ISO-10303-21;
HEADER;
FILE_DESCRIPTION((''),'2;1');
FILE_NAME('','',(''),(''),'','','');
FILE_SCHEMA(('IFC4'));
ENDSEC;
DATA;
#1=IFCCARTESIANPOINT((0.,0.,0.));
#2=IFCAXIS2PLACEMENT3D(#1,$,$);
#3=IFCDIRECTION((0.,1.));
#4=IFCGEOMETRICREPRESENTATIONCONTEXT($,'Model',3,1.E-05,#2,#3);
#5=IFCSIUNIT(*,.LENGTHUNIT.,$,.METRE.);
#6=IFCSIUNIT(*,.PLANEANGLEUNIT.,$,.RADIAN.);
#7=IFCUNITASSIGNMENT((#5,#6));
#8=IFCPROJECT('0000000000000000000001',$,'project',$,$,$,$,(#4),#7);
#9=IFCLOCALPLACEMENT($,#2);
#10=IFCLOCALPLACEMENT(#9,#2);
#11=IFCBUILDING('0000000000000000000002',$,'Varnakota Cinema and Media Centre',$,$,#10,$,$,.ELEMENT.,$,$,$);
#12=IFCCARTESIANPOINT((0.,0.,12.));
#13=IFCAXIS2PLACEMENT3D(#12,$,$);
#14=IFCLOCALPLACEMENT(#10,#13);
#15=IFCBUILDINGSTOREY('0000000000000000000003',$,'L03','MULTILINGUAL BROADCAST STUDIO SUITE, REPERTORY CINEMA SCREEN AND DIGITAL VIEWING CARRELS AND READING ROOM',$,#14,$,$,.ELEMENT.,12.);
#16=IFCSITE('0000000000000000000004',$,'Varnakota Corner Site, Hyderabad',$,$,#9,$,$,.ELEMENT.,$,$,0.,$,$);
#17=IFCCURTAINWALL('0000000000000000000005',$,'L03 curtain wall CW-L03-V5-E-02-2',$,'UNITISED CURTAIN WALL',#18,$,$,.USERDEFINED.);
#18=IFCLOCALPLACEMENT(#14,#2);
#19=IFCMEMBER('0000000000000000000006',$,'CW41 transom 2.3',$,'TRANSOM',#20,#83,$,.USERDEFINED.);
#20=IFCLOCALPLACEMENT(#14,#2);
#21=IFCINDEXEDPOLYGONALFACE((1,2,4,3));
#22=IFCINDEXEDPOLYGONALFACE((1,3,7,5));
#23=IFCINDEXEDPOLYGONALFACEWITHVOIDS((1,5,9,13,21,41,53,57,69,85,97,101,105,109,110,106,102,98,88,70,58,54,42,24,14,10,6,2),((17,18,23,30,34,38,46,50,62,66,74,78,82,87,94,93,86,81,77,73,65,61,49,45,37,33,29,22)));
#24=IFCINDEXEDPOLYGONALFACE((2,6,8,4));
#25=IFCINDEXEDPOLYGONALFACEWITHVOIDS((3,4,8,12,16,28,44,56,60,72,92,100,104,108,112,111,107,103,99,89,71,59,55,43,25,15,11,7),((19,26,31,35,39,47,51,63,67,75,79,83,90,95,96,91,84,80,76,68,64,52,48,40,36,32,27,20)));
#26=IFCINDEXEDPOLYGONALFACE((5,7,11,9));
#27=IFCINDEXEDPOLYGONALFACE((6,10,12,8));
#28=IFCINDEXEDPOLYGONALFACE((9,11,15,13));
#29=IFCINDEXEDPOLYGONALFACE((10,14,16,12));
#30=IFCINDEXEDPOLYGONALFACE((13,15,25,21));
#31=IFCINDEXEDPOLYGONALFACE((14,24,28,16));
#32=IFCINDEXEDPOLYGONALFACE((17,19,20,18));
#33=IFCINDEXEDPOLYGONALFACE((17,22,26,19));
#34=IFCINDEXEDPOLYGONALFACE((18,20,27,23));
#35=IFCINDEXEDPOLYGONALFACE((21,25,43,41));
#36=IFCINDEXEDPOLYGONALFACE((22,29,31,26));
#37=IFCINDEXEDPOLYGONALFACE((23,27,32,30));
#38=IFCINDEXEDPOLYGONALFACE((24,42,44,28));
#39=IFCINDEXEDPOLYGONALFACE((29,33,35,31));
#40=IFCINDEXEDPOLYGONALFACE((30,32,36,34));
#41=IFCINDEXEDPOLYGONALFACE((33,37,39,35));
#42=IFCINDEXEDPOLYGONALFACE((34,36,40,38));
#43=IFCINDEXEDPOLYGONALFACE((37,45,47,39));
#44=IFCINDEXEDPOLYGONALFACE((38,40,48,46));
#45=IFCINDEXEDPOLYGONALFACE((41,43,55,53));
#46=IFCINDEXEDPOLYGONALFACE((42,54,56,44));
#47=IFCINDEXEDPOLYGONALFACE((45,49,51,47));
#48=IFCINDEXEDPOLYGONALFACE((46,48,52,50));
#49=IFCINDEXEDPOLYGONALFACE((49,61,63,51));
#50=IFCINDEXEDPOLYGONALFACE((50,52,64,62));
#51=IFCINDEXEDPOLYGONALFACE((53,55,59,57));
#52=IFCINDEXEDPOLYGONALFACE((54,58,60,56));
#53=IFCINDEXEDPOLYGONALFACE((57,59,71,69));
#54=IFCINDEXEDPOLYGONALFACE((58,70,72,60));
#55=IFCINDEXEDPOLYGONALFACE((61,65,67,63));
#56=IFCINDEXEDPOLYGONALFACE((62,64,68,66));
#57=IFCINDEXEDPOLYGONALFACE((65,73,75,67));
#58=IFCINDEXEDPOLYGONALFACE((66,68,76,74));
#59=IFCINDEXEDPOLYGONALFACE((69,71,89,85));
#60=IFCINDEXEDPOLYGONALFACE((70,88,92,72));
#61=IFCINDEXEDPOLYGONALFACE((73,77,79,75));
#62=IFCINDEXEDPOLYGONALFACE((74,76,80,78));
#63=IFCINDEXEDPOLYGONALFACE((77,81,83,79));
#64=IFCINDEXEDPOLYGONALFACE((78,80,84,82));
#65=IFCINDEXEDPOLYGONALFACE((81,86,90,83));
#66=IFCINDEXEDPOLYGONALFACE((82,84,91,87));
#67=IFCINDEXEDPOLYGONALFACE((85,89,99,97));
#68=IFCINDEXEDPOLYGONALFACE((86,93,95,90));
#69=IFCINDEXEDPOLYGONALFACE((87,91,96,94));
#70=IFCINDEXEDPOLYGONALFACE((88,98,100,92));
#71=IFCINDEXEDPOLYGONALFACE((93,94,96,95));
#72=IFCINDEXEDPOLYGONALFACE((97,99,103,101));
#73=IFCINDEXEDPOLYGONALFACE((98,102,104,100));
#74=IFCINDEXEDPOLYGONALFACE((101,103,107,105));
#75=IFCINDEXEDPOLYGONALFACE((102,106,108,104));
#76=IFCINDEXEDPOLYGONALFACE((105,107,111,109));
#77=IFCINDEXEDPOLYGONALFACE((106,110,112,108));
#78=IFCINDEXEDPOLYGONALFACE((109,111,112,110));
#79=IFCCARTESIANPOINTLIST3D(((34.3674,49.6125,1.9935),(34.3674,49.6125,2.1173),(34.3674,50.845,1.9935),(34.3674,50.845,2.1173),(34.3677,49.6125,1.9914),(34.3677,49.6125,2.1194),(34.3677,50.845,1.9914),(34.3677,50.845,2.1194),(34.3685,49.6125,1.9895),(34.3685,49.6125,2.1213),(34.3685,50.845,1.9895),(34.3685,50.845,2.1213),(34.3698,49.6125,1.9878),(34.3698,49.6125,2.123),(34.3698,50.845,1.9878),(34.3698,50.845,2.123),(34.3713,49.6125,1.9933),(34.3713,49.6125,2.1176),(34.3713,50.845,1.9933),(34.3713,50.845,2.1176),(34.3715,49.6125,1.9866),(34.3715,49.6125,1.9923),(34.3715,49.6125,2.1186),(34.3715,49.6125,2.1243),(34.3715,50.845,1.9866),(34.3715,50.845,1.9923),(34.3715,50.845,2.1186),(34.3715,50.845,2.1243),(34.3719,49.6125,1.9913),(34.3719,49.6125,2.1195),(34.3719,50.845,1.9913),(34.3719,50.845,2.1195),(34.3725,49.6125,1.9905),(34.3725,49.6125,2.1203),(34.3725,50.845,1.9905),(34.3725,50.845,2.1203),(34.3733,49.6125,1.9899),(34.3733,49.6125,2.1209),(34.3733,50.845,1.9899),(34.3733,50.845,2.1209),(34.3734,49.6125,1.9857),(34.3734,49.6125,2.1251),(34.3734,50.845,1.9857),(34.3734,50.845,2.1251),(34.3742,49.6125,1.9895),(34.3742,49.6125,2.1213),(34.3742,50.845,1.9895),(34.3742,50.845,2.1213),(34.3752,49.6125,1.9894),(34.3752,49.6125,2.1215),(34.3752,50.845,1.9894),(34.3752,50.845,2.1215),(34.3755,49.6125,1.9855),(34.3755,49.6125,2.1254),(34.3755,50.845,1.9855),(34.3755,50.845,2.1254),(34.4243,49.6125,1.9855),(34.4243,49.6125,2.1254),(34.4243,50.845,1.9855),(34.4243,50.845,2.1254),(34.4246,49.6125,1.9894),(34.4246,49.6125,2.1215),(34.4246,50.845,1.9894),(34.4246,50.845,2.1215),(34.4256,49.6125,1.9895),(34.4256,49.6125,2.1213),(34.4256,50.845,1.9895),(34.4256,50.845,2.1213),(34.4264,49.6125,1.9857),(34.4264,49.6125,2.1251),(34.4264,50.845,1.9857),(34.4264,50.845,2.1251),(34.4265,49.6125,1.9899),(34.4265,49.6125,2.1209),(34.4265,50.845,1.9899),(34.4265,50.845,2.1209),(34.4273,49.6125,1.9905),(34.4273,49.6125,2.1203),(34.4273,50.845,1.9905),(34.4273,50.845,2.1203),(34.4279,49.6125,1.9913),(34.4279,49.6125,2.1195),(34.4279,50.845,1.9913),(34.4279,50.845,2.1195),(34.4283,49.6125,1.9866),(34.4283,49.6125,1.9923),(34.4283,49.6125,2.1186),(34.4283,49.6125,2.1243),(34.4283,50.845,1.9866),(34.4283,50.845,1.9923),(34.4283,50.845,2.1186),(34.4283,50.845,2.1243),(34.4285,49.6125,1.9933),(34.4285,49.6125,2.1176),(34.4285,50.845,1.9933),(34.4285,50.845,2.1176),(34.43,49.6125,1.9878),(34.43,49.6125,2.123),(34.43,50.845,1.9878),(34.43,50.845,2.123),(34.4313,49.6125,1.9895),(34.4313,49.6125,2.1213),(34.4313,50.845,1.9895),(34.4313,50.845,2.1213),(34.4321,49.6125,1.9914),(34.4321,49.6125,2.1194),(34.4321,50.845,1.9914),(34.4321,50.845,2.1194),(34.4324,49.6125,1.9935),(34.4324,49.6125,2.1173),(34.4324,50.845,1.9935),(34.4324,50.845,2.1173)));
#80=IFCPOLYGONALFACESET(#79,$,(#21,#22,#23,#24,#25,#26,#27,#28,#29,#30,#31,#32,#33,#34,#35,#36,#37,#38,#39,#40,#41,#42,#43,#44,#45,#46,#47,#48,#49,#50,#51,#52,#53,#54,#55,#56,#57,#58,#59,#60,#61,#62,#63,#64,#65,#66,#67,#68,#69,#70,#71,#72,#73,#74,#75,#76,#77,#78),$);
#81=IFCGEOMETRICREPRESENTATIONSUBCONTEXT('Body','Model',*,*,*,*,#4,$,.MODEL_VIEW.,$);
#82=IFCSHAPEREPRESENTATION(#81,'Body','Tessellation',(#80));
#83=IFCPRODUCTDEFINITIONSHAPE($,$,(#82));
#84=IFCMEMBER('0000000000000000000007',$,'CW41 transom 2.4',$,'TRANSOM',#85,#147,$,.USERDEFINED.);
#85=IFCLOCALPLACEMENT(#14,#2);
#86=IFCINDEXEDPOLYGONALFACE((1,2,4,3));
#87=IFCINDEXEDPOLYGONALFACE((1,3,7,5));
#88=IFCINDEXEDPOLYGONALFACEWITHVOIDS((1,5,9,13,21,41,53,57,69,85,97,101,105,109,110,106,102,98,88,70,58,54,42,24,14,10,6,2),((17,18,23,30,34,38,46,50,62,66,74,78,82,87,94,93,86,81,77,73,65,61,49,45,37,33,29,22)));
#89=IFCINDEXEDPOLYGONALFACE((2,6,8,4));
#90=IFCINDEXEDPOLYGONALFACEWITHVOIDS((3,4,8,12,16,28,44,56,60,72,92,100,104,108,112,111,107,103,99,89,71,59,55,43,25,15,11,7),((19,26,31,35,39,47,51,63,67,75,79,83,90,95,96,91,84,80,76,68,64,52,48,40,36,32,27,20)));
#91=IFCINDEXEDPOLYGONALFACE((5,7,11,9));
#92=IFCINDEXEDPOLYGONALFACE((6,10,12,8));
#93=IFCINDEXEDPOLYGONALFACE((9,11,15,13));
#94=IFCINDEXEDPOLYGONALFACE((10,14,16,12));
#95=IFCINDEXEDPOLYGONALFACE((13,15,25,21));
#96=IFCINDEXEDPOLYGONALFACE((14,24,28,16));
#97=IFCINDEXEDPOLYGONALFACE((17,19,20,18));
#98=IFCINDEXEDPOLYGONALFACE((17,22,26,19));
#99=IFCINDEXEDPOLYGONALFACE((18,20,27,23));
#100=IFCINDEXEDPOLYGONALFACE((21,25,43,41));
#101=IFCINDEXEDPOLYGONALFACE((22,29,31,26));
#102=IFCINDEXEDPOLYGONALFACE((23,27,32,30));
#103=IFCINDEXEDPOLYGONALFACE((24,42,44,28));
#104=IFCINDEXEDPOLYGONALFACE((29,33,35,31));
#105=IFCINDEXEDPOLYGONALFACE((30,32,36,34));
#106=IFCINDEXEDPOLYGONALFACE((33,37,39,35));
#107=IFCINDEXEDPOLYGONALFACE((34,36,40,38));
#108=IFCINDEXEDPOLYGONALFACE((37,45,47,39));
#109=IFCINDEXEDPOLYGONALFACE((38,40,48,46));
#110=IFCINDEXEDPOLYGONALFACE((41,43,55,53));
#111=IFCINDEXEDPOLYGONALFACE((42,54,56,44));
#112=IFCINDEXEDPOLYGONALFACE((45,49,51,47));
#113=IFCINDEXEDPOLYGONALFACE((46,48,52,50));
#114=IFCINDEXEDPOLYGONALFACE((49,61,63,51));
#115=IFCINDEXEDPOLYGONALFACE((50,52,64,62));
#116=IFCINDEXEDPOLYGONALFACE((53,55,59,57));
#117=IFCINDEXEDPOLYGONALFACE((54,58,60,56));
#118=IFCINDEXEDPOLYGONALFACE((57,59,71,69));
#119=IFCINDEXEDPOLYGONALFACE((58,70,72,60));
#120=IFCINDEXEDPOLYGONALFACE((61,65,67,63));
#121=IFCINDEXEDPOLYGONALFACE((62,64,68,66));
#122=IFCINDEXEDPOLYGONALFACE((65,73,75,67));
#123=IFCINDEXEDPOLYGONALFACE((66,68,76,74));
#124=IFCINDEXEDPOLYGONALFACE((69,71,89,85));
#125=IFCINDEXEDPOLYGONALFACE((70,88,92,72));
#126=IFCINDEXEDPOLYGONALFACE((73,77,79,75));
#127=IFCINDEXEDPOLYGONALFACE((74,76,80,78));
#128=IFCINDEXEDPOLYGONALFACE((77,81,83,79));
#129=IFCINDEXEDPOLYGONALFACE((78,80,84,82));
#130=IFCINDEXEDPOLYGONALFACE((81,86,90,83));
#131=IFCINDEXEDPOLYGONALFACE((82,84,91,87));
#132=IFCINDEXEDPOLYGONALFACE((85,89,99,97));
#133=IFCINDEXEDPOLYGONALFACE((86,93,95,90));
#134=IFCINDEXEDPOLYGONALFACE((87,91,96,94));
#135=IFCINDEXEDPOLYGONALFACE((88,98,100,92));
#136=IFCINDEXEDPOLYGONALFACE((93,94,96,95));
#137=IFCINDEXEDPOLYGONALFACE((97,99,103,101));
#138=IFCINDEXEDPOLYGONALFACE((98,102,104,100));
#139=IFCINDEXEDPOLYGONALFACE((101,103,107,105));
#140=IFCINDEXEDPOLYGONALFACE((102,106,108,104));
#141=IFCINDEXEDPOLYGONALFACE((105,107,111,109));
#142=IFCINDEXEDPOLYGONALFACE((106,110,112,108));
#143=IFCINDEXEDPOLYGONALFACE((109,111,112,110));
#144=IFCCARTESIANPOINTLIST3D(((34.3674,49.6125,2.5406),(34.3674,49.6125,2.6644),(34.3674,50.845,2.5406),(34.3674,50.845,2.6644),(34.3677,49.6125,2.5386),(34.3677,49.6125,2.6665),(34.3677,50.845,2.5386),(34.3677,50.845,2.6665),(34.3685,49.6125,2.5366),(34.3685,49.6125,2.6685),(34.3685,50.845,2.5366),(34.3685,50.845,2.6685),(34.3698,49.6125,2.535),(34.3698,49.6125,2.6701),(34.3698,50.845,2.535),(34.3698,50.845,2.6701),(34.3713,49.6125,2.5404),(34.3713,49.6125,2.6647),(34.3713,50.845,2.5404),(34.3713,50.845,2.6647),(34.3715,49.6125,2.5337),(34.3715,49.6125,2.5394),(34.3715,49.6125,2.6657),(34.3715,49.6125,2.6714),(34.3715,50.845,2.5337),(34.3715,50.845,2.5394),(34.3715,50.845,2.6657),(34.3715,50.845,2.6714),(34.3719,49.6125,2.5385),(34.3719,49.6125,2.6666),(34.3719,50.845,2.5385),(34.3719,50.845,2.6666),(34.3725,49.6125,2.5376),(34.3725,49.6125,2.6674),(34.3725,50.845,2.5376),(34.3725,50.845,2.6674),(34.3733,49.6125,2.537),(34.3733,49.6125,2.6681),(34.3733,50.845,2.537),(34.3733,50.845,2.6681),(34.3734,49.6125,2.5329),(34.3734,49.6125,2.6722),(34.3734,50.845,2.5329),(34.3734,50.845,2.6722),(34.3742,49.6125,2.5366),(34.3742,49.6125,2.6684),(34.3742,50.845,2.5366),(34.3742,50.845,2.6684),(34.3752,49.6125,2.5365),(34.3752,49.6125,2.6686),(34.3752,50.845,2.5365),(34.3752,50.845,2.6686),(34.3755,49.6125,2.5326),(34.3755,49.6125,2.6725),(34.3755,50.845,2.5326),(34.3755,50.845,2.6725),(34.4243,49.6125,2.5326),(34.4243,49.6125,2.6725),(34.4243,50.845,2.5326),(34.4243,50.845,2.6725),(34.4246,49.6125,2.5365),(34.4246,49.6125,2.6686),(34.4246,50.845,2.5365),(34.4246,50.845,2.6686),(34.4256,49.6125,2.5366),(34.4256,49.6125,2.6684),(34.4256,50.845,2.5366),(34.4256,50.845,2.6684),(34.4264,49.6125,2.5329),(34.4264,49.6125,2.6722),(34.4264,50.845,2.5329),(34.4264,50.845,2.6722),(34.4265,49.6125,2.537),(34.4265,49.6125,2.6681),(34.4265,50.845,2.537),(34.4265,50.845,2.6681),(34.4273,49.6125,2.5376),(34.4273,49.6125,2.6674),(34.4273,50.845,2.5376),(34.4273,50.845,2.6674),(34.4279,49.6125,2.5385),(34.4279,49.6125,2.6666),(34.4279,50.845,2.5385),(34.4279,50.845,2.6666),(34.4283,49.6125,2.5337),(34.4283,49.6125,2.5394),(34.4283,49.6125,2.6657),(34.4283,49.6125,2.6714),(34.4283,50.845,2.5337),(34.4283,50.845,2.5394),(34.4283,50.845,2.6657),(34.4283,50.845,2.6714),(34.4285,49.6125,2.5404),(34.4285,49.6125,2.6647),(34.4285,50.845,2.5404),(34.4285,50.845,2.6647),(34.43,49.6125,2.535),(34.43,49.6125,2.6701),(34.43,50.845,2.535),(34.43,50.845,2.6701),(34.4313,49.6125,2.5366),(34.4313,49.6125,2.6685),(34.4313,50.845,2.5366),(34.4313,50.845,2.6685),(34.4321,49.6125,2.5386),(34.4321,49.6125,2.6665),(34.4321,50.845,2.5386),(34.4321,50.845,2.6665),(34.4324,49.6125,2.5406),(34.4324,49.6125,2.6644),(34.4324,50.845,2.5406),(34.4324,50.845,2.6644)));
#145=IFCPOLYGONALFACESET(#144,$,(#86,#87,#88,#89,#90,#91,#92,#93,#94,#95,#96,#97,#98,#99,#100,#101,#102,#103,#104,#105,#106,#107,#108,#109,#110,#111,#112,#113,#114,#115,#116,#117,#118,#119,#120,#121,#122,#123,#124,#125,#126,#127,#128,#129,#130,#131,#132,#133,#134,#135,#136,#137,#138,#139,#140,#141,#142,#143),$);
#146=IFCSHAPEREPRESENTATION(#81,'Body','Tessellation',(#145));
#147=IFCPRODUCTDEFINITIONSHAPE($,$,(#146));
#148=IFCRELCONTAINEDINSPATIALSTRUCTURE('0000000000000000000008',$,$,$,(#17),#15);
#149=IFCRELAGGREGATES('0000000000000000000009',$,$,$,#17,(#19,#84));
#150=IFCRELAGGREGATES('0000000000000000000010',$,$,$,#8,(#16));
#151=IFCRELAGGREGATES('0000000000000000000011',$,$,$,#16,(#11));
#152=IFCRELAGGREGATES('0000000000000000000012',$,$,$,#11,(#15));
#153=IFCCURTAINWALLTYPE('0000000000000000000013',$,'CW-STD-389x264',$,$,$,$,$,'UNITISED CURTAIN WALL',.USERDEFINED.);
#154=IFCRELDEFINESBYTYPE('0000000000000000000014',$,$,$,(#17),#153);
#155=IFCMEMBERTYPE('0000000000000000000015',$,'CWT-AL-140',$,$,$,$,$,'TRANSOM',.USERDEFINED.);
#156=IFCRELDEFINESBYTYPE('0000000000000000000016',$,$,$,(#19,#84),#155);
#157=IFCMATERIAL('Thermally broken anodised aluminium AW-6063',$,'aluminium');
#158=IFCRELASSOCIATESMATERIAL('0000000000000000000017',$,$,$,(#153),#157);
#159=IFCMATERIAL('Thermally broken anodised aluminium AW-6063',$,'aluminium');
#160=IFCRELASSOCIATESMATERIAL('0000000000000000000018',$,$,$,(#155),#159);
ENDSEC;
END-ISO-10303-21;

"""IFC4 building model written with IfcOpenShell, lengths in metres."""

from ifc_helpers import new_model, si_unit, direction, frame, origin, origin_2d, place, context, subcontext, project, spatial, hollow_rectangle, extrude, material, material_profile, profile_set, type_object, element, aggregate, save


model = new_model("IFC4")

# Units and contexts
model_context = context("Model", 3, precision=1e-05, world=origin(), true_north=direction((0.0, 1.0)))
body_context = subcontext(model_context, "Body", "Model", "MODEL_VIEW")
ifc_project = project(units=[si_unit("LENGTHUNIT", "METRE"), si_unit("PLANEANGLEUNIT", "RADIAN")], contexts=[model_context])

# Site, building, storey
site_placement = place(None, origin())
site = spatial("IfcSite", under=ifc_project, at=site_placement, Name="Varnakota Corner Site, Hyderabad", CompositionType="ELEMENT", RefElevation=0.0)
building_placement = place(site_placement, origin())
building = spatial("IfcBuilding", under=site, at=building_placement, Name="Varnakota Cinema and Media Centre", CompositionType="ELEMENT")
storey_placement = place(building_placement, frame((0.0, 0.0, 12.0)))
storey = spatial("IfcBuildingStorey", under=building, at=storey_placement, Name="L03", Description="MULTILINGUAL BROADCAST STUDIO SUITE, REPERTORY CINEMA SCREEN AND DIGITAL VIEWING CARRELS AND READING ROOM", CompositionType="ELEMENT", Elevation=12.0)

# Curtain wall
ifc_material_1 = material(Name="Thermally broken anodised aluminium AW-6063", Category="aluminium")
curtain_wall_type_1 = type_object("IfcCurtainWallType", Name="CW-STD-389x264", ElementType="UNITISED CURTAIN WALL", PredefinedType="USERDEFINED", material=ifc_material_1)
curtain_wall_1_placement = place(storey_placement, origin())
curtain_wall_1 = element("IfcCurtainWall", 1, at=curtain_wall_1_placement, inside=storey, type_object=curtain_wall_type_1, Name="L03 curtain wall CW-L03-V5-E-02-2", ObjectType="UNITISED CURTAIN WALL", PredefinedType="USERDEFINED")

# Members
ifc_material_2 = material(Name="Thermally broken anodised aluminium AW-6063", Category="aluminium")
ifc_material_profile_1 = material_profile(ifc_material_2, hollow_rectangle(XDim=0.0649, YDim=0.1399, WallThickness=0.0039, InnerFilletRadius=0.0039, OuterFilletRadius=0.0081, at=origin_2d()), Name="AL-TRANSOM 140x65x4")
ifc_profile_set_1 = profile_set([ifc_material_profile_1], Name="Thermally broken anodised aluminium AW-6063")
member_type_1 = type_object("IfcMemberType", Name="CWT-AL-140", ElementType="TRANSOM", PredefinedType="USERDEFINED", material=ifc_profile_set_1)
member_1_placement = place(storey_placement, frame((34.3999, 49.6125, 2.0554), z_axis=(0.0, 1.0, 0.0), x_axis=(-1.0, 0.0, 0.0)))
member_1 = element("IfcMember", 2, at=member_1_placement, type_object=member_type_1, Name="CW41 transom 2.3", ObjectType="TRANSOM", PredefinedType="USERDEFINED", context=body_context, shape_type="SweptSolid", body=[
    extrude(hollow_rectangle(XDim=0.0649, YDim=0.1399, WallThickness=0.0039, InnerFilletRadius=0.0039, OuterFilletRadius=0.0081, at=origin_2d()), origin(), (0.0, 0.0, 1.0), 1.2324),
])
member_2_placement = place(storey_placement, frame((34.3999, 49.6125, 2.6025), z_axis=(0.0, 1.0, 0.0), x_axis=(-1.0, 0.0, 0.0)))
member_2 = element("IfcMember", 3, at=member_2_placement, type_object=member_type_1, Name="CW41 transom 2.4", ObjectType="TRANSOM", PredefinedType="USERDEFINED", context=body_context, shape_type="SweptSolid", body=[
    extrude(hollow_rectangle(XDim=0.0649, YDim=0.1399, WallThickness=0.0039, InnerFilletRadius=0.0039, OuterFilletRadius=0.0081, at=origin_2d()), origin(), (0.0, 0.0, 1.0), 1.2324),
])

aggregate(curtain_wall_1, [member_1, member_2])

save(model, "model.ifc")
